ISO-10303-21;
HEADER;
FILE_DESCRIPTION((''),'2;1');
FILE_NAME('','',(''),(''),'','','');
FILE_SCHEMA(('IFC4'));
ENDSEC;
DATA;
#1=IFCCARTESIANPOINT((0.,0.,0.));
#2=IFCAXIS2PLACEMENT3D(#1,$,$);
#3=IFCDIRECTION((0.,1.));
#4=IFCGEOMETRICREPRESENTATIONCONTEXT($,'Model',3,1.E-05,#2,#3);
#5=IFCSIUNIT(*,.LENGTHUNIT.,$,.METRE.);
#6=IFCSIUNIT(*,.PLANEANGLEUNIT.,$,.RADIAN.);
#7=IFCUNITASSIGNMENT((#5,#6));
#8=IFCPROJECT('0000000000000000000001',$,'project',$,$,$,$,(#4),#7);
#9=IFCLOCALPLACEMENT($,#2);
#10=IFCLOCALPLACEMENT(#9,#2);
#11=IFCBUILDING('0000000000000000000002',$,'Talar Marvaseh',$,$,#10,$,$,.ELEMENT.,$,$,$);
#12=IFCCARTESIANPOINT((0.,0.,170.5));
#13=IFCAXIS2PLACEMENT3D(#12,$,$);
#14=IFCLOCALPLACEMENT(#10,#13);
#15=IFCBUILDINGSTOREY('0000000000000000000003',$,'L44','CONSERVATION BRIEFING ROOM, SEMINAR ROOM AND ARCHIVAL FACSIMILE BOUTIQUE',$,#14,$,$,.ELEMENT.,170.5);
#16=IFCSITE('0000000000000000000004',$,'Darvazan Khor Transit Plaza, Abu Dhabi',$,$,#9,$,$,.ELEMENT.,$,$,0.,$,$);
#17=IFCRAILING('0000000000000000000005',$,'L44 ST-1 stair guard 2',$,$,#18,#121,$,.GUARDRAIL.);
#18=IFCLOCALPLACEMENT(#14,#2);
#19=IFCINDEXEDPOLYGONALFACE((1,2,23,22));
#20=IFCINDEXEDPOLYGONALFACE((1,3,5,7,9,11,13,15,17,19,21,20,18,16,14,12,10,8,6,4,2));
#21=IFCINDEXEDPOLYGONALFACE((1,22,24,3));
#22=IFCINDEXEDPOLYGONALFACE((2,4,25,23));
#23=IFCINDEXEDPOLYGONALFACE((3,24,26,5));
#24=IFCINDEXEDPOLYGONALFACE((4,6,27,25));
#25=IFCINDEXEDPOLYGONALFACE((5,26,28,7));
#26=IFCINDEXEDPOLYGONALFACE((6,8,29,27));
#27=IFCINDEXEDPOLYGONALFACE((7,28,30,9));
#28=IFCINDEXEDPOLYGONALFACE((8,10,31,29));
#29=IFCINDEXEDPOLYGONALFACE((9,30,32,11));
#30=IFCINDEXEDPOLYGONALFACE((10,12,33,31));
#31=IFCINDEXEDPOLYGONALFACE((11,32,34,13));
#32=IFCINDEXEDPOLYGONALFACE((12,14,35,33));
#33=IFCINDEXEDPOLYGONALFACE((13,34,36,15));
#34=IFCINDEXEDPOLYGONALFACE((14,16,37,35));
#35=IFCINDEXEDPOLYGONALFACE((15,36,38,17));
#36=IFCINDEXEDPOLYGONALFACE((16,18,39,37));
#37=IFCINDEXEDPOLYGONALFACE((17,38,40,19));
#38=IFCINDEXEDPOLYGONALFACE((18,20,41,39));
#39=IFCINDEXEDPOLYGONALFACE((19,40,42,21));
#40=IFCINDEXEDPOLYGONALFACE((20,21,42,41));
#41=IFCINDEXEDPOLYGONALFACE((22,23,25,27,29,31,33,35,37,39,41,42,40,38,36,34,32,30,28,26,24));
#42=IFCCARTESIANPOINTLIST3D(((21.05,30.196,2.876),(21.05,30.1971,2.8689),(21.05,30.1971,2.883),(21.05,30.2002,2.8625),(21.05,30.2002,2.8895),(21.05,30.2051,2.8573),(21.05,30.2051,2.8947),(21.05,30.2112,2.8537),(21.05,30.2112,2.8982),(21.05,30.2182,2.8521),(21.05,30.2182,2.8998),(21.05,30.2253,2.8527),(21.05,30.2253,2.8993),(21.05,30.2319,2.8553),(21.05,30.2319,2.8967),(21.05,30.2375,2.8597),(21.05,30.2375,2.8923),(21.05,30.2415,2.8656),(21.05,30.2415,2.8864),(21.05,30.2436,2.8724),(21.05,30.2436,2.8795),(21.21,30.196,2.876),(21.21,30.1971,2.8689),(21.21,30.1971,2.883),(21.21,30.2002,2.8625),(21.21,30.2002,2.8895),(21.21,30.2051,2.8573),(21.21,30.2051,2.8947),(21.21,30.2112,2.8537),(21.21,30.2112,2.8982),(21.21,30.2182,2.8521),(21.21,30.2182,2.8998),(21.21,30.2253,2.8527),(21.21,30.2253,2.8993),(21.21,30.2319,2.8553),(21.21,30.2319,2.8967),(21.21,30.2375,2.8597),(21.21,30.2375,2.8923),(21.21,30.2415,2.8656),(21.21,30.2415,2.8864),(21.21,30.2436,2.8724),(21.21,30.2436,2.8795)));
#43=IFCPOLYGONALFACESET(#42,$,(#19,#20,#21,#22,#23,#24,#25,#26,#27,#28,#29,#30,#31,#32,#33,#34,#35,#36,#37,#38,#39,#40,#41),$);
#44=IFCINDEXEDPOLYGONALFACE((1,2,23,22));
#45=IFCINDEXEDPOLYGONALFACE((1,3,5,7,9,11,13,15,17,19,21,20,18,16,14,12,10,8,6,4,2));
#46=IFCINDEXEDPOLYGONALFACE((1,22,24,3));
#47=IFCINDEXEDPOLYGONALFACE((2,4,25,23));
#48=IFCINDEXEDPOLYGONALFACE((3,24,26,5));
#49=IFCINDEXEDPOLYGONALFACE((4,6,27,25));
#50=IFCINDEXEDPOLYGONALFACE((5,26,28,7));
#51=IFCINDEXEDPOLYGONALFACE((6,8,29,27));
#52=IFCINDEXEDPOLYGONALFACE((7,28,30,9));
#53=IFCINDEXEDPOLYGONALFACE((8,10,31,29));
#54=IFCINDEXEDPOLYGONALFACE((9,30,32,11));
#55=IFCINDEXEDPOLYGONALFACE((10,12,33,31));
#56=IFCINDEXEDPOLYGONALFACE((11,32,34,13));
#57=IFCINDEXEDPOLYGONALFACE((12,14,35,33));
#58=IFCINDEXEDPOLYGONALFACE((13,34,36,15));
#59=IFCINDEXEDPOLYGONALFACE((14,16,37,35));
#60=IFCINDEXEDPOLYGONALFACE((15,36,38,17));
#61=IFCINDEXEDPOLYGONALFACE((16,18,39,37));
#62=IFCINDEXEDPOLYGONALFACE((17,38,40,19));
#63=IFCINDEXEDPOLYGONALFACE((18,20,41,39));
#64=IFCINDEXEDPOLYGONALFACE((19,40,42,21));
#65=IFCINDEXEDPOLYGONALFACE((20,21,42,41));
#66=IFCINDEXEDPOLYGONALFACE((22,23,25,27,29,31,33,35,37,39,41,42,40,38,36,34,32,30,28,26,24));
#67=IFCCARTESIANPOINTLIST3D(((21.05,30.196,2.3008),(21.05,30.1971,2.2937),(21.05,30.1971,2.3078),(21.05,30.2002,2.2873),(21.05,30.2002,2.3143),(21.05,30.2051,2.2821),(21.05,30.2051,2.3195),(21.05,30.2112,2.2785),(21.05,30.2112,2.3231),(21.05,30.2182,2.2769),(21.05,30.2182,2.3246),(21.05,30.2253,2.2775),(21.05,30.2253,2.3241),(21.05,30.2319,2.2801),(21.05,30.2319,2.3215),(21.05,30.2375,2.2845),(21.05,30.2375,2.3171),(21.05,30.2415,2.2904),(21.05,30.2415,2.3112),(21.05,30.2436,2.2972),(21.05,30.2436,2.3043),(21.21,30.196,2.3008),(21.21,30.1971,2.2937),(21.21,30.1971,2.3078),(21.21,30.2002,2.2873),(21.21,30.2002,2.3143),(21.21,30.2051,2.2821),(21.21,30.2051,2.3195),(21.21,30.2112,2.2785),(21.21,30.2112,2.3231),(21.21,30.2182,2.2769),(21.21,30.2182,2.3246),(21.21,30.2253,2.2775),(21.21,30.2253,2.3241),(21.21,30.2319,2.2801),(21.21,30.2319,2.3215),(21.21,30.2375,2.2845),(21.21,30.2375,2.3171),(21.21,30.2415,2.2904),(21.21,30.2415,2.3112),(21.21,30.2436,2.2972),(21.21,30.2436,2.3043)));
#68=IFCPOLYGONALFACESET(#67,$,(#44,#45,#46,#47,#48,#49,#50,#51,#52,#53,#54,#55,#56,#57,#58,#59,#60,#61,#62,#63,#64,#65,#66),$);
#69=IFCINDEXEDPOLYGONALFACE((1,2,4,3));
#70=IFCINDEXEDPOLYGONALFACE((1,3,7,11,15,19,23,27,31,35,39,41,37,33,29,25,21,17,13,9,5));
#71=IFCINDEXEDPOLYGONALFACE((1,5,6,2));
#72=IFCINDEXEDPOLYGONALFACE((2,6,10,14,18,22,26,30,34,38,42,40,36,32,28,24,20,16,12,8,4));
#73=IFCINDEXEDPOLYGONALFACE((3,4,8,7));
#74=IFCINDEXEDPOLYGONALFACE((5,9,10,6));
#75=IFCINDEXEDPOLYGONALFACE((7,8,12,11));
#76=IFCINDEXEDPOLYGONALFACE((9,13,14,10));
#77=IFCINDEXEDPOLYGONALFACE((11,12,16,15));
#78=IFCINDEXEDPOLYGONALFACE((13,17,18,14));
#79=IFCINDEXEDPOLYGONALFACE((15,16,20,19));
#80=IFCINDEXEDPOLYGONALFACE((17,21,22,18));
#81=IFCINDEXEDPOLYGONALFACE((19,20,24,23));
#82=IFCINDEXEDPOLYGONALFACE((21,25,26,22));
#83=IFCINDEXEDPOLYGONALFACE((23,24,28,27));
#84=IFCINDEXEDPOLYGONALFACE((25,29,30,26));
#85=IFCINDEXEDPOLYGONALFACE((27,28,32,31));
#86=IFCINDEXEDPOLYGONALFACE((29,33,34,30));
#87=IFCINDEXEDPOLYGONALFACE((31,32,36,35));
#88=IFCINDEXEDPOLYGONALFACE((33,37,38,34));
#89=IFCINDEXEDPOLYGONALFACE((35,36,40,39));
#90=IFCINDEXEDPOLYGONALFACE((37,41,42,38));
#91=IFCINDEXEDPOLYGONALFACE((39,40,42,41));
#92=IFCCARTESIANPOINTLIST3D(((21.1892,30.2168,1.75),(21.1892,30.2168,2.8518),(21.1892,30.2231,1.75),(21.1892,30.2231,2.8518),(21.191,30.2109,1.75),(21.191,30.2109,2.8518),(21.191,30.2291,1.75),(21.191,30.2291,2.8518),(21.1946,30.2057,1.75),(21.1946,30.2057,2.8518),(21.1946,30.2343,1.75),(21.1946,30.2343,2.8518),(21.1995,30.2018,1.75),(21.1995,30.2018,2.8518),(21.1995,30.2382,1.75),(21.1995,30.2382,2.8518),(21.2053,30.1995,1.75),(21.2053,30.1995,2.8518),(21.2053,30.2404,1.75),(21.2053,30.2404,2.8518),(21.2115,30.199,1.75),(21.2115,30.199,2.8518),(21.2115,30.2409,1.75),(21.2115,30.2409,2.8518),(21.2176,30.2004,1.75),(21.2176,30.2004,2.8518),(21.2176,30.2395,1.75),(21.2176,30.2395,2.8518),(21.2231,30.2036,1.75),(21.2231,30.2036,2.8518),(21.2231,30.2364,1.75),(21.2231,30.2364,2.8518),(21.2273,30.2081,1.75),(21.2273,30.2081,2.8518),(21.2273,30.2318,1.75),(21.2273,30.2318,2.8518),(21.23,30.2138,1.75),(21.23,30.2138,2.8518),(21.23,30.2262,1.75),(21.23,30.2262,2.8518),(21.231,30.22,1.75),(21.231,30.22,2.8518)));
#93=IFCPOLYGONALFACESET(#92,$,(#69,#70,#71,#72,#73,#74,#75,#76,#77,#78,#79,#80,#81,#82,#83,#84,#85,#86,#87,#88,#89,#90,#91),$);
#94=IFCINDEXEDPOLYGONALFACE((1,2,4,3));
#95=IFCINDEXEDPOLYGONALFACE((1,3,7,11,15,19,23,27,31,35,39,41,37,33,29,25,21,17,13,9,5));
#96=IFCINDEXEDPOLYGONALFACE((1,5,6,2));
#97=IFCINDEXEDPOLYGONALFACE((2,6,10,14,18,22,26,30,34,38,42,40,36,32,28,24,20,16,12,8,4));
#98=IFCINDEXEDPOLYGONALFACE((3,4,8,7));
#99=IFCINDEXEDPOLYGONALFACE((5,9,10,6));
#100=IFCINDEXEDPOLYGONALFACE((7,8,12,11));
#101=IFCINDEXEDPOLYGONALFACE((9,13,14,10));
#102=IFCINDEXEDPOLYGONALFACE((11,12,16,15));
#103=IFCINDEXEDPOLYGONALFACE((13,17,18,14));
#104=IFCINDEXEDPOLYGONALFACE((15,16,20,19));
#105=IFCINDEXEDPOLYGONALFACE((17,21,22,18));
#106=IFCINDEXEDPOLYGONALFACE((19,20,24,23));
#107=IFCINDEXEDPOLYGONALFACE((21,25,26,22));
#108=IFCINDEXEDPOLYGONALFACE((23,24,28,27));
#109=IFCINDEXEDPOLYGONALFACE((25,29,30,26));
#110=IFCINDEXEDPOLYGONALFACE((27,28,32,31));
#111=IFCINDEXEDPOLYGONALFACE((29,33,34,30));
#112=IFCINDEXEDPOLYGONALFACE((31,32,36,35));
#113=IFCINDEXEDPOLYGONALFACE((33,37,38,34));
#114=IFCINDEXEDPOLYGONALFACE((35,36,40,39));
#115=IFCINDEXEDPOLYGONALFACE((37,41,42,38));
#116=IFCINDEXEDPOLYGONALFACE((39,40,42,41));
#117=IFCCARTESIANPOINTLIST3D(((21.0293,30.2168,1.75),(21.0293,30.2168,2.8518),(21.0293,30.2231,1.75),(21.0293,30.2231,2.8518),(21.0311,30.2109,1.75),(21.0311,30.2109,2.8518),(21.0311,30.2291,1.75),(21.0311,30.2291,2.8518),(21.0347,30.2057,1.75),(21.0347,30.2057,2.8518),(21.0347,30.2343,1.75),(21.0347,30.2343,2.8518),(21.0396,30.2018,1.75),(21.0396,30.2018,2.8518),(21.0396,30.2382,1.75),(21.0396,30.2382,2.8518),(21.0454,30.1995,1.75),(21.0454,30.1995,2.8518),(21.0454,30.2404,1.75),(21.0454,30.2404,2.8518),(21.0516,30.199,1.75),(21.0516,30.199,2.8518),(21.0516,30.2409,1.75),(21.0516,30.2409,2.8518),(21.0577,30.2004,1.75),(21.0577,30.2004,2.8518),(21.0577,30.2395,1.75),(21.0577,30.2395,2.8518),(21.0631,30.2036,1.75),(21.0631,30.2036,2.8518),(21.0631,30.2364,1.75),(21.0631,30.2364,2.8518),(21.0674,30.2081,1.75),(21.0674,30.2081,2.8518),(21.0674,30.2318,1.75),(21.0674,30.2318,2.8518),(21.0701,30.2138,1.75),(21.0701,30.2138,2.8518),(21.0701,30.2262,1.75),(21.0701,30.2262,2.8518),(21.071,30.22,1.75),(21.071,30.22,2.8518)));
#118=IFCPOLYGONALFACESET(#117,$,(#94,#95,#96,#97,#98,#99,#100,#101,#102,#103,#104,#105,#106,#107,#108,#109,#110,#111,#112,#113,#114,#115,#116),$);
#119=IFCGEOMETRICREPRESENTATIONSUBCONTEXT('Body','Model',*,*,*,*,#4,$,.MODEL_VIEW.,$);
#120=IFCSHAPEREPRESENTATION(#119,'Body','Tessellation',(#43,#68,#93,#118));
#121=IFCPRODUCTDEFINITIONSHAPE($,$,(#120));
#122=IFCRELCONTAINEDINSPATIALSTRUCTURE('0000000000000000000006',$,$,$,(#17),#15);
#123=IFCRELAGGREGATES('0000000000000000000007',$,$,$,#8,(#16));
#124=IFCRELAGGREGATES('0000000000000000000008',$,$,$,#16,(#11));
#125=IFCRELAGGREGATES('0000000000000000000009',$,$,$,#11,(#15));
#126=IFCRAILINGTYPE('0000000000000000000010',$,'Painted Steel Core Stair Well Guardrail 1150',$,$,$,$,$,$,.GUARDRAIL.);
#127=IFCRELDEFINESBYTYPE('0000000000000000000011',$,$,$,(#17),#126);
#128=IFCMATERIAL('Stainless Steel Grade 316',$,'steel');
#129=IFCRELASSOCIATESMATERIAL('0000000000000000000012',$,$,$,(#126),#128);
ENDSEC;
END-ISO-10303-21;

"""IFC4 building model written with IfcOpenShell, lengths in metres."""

from ifc_helpers import new_model, si_unit, direction, frame, origin, origin_2d, place, context, subcontext, project, spatial, circle, extrude, material, type_object, element, save


model = new_model("IFC4")

# Units and contexts
model_context = context("Model", 3, precision=1e-05, world=origin(), true_north=direction((0.0, 1.0)))
body_context = subcontext(model_context, "Body", "Model", "MODEL_VIEW")
ifc_project = project(units=[si_unit("LENGTHUNIT", "METRE"), si_unit("PLANEANGLEUNIT", "RADIAN")], contexts=[model_context])

# Site, building, storey
site_placement = place(None, origin())
site = spatial("IfcSite", under=ifc_project, at=site_placement, Name="Darvazan Khor Transit Plaza, Abu Dhabi", CompositionType="ELEMENT", RefElevation=0.0)
building_placement = place(site_placement, origin())
building = spatial("IfcBuilding", under=site, at=building_placement, Name="Talar Marvaseh", CompositionType="ELEMENT")
storey_placement = place(building_placement, frame((0.0, 0.0, 170.5)))
storey = spatial("IfcBuildingStorey", under=building, at=storey_placement, Name="L44", Description="CONSERVATION BRIEFING ROOM, SEMINAR ROOM AND ARCHIVAL FACSIMILE BOUTIQUE", CompositionType="ELEMENT", Elevation=170.5)

# Railing
ifc_material_1 = material(Name="Stainless Steel Grade 316", Category="steel")
railing_type_1 = type_object("IfcRailingType", Name="Painted Steel Core Stair Well Guardrail 1150", PredefinedType="GUARDRAIL", material=ifc_material_1)
railing_1_placement = place(storey_placement, frame((21.21, 30.22, 1.75)))
element("IfcRailing", 1, at=railing_1_placement, inside=storey, type_object=railing_type_1, Name="L44 ST-1 stair guard 2", PredefinedType="GUARDRAIL", context=body_context, shape_type="SweptSolid", body=[
    extrude(circle(Radius=0.0239, at=origin_2d()), frame((0.0, 0.0, 1.126), z_axis=(-1.0, 0.0, 0.0), x_axis=(0.0, -1.0, 0.0)), (0.0, 0.0, 1.0), 0.1599),
    extrude(circle(Radius=0.0239, at=origin_2d()), frame((0.0, 0.0, 0.5508), z_axis=(-1.0, 0.0, 0.0), x_axis=(0.0, -1.0, 0.0)), (0.0, 0.0, 1.0), 0.1599),
    extrude(circle(Radius=0.021, at=origin_2d()), origin(), (0.0, 0.0, 1.0), 1.1018),
    extrude(circle(Radius=0.021, at=origin_2d()), frame((-0.1599, 0.0, 0.0)), (0.0, 0.0, 1.0), 1.1018),
])

save(model, "model.ifc")
